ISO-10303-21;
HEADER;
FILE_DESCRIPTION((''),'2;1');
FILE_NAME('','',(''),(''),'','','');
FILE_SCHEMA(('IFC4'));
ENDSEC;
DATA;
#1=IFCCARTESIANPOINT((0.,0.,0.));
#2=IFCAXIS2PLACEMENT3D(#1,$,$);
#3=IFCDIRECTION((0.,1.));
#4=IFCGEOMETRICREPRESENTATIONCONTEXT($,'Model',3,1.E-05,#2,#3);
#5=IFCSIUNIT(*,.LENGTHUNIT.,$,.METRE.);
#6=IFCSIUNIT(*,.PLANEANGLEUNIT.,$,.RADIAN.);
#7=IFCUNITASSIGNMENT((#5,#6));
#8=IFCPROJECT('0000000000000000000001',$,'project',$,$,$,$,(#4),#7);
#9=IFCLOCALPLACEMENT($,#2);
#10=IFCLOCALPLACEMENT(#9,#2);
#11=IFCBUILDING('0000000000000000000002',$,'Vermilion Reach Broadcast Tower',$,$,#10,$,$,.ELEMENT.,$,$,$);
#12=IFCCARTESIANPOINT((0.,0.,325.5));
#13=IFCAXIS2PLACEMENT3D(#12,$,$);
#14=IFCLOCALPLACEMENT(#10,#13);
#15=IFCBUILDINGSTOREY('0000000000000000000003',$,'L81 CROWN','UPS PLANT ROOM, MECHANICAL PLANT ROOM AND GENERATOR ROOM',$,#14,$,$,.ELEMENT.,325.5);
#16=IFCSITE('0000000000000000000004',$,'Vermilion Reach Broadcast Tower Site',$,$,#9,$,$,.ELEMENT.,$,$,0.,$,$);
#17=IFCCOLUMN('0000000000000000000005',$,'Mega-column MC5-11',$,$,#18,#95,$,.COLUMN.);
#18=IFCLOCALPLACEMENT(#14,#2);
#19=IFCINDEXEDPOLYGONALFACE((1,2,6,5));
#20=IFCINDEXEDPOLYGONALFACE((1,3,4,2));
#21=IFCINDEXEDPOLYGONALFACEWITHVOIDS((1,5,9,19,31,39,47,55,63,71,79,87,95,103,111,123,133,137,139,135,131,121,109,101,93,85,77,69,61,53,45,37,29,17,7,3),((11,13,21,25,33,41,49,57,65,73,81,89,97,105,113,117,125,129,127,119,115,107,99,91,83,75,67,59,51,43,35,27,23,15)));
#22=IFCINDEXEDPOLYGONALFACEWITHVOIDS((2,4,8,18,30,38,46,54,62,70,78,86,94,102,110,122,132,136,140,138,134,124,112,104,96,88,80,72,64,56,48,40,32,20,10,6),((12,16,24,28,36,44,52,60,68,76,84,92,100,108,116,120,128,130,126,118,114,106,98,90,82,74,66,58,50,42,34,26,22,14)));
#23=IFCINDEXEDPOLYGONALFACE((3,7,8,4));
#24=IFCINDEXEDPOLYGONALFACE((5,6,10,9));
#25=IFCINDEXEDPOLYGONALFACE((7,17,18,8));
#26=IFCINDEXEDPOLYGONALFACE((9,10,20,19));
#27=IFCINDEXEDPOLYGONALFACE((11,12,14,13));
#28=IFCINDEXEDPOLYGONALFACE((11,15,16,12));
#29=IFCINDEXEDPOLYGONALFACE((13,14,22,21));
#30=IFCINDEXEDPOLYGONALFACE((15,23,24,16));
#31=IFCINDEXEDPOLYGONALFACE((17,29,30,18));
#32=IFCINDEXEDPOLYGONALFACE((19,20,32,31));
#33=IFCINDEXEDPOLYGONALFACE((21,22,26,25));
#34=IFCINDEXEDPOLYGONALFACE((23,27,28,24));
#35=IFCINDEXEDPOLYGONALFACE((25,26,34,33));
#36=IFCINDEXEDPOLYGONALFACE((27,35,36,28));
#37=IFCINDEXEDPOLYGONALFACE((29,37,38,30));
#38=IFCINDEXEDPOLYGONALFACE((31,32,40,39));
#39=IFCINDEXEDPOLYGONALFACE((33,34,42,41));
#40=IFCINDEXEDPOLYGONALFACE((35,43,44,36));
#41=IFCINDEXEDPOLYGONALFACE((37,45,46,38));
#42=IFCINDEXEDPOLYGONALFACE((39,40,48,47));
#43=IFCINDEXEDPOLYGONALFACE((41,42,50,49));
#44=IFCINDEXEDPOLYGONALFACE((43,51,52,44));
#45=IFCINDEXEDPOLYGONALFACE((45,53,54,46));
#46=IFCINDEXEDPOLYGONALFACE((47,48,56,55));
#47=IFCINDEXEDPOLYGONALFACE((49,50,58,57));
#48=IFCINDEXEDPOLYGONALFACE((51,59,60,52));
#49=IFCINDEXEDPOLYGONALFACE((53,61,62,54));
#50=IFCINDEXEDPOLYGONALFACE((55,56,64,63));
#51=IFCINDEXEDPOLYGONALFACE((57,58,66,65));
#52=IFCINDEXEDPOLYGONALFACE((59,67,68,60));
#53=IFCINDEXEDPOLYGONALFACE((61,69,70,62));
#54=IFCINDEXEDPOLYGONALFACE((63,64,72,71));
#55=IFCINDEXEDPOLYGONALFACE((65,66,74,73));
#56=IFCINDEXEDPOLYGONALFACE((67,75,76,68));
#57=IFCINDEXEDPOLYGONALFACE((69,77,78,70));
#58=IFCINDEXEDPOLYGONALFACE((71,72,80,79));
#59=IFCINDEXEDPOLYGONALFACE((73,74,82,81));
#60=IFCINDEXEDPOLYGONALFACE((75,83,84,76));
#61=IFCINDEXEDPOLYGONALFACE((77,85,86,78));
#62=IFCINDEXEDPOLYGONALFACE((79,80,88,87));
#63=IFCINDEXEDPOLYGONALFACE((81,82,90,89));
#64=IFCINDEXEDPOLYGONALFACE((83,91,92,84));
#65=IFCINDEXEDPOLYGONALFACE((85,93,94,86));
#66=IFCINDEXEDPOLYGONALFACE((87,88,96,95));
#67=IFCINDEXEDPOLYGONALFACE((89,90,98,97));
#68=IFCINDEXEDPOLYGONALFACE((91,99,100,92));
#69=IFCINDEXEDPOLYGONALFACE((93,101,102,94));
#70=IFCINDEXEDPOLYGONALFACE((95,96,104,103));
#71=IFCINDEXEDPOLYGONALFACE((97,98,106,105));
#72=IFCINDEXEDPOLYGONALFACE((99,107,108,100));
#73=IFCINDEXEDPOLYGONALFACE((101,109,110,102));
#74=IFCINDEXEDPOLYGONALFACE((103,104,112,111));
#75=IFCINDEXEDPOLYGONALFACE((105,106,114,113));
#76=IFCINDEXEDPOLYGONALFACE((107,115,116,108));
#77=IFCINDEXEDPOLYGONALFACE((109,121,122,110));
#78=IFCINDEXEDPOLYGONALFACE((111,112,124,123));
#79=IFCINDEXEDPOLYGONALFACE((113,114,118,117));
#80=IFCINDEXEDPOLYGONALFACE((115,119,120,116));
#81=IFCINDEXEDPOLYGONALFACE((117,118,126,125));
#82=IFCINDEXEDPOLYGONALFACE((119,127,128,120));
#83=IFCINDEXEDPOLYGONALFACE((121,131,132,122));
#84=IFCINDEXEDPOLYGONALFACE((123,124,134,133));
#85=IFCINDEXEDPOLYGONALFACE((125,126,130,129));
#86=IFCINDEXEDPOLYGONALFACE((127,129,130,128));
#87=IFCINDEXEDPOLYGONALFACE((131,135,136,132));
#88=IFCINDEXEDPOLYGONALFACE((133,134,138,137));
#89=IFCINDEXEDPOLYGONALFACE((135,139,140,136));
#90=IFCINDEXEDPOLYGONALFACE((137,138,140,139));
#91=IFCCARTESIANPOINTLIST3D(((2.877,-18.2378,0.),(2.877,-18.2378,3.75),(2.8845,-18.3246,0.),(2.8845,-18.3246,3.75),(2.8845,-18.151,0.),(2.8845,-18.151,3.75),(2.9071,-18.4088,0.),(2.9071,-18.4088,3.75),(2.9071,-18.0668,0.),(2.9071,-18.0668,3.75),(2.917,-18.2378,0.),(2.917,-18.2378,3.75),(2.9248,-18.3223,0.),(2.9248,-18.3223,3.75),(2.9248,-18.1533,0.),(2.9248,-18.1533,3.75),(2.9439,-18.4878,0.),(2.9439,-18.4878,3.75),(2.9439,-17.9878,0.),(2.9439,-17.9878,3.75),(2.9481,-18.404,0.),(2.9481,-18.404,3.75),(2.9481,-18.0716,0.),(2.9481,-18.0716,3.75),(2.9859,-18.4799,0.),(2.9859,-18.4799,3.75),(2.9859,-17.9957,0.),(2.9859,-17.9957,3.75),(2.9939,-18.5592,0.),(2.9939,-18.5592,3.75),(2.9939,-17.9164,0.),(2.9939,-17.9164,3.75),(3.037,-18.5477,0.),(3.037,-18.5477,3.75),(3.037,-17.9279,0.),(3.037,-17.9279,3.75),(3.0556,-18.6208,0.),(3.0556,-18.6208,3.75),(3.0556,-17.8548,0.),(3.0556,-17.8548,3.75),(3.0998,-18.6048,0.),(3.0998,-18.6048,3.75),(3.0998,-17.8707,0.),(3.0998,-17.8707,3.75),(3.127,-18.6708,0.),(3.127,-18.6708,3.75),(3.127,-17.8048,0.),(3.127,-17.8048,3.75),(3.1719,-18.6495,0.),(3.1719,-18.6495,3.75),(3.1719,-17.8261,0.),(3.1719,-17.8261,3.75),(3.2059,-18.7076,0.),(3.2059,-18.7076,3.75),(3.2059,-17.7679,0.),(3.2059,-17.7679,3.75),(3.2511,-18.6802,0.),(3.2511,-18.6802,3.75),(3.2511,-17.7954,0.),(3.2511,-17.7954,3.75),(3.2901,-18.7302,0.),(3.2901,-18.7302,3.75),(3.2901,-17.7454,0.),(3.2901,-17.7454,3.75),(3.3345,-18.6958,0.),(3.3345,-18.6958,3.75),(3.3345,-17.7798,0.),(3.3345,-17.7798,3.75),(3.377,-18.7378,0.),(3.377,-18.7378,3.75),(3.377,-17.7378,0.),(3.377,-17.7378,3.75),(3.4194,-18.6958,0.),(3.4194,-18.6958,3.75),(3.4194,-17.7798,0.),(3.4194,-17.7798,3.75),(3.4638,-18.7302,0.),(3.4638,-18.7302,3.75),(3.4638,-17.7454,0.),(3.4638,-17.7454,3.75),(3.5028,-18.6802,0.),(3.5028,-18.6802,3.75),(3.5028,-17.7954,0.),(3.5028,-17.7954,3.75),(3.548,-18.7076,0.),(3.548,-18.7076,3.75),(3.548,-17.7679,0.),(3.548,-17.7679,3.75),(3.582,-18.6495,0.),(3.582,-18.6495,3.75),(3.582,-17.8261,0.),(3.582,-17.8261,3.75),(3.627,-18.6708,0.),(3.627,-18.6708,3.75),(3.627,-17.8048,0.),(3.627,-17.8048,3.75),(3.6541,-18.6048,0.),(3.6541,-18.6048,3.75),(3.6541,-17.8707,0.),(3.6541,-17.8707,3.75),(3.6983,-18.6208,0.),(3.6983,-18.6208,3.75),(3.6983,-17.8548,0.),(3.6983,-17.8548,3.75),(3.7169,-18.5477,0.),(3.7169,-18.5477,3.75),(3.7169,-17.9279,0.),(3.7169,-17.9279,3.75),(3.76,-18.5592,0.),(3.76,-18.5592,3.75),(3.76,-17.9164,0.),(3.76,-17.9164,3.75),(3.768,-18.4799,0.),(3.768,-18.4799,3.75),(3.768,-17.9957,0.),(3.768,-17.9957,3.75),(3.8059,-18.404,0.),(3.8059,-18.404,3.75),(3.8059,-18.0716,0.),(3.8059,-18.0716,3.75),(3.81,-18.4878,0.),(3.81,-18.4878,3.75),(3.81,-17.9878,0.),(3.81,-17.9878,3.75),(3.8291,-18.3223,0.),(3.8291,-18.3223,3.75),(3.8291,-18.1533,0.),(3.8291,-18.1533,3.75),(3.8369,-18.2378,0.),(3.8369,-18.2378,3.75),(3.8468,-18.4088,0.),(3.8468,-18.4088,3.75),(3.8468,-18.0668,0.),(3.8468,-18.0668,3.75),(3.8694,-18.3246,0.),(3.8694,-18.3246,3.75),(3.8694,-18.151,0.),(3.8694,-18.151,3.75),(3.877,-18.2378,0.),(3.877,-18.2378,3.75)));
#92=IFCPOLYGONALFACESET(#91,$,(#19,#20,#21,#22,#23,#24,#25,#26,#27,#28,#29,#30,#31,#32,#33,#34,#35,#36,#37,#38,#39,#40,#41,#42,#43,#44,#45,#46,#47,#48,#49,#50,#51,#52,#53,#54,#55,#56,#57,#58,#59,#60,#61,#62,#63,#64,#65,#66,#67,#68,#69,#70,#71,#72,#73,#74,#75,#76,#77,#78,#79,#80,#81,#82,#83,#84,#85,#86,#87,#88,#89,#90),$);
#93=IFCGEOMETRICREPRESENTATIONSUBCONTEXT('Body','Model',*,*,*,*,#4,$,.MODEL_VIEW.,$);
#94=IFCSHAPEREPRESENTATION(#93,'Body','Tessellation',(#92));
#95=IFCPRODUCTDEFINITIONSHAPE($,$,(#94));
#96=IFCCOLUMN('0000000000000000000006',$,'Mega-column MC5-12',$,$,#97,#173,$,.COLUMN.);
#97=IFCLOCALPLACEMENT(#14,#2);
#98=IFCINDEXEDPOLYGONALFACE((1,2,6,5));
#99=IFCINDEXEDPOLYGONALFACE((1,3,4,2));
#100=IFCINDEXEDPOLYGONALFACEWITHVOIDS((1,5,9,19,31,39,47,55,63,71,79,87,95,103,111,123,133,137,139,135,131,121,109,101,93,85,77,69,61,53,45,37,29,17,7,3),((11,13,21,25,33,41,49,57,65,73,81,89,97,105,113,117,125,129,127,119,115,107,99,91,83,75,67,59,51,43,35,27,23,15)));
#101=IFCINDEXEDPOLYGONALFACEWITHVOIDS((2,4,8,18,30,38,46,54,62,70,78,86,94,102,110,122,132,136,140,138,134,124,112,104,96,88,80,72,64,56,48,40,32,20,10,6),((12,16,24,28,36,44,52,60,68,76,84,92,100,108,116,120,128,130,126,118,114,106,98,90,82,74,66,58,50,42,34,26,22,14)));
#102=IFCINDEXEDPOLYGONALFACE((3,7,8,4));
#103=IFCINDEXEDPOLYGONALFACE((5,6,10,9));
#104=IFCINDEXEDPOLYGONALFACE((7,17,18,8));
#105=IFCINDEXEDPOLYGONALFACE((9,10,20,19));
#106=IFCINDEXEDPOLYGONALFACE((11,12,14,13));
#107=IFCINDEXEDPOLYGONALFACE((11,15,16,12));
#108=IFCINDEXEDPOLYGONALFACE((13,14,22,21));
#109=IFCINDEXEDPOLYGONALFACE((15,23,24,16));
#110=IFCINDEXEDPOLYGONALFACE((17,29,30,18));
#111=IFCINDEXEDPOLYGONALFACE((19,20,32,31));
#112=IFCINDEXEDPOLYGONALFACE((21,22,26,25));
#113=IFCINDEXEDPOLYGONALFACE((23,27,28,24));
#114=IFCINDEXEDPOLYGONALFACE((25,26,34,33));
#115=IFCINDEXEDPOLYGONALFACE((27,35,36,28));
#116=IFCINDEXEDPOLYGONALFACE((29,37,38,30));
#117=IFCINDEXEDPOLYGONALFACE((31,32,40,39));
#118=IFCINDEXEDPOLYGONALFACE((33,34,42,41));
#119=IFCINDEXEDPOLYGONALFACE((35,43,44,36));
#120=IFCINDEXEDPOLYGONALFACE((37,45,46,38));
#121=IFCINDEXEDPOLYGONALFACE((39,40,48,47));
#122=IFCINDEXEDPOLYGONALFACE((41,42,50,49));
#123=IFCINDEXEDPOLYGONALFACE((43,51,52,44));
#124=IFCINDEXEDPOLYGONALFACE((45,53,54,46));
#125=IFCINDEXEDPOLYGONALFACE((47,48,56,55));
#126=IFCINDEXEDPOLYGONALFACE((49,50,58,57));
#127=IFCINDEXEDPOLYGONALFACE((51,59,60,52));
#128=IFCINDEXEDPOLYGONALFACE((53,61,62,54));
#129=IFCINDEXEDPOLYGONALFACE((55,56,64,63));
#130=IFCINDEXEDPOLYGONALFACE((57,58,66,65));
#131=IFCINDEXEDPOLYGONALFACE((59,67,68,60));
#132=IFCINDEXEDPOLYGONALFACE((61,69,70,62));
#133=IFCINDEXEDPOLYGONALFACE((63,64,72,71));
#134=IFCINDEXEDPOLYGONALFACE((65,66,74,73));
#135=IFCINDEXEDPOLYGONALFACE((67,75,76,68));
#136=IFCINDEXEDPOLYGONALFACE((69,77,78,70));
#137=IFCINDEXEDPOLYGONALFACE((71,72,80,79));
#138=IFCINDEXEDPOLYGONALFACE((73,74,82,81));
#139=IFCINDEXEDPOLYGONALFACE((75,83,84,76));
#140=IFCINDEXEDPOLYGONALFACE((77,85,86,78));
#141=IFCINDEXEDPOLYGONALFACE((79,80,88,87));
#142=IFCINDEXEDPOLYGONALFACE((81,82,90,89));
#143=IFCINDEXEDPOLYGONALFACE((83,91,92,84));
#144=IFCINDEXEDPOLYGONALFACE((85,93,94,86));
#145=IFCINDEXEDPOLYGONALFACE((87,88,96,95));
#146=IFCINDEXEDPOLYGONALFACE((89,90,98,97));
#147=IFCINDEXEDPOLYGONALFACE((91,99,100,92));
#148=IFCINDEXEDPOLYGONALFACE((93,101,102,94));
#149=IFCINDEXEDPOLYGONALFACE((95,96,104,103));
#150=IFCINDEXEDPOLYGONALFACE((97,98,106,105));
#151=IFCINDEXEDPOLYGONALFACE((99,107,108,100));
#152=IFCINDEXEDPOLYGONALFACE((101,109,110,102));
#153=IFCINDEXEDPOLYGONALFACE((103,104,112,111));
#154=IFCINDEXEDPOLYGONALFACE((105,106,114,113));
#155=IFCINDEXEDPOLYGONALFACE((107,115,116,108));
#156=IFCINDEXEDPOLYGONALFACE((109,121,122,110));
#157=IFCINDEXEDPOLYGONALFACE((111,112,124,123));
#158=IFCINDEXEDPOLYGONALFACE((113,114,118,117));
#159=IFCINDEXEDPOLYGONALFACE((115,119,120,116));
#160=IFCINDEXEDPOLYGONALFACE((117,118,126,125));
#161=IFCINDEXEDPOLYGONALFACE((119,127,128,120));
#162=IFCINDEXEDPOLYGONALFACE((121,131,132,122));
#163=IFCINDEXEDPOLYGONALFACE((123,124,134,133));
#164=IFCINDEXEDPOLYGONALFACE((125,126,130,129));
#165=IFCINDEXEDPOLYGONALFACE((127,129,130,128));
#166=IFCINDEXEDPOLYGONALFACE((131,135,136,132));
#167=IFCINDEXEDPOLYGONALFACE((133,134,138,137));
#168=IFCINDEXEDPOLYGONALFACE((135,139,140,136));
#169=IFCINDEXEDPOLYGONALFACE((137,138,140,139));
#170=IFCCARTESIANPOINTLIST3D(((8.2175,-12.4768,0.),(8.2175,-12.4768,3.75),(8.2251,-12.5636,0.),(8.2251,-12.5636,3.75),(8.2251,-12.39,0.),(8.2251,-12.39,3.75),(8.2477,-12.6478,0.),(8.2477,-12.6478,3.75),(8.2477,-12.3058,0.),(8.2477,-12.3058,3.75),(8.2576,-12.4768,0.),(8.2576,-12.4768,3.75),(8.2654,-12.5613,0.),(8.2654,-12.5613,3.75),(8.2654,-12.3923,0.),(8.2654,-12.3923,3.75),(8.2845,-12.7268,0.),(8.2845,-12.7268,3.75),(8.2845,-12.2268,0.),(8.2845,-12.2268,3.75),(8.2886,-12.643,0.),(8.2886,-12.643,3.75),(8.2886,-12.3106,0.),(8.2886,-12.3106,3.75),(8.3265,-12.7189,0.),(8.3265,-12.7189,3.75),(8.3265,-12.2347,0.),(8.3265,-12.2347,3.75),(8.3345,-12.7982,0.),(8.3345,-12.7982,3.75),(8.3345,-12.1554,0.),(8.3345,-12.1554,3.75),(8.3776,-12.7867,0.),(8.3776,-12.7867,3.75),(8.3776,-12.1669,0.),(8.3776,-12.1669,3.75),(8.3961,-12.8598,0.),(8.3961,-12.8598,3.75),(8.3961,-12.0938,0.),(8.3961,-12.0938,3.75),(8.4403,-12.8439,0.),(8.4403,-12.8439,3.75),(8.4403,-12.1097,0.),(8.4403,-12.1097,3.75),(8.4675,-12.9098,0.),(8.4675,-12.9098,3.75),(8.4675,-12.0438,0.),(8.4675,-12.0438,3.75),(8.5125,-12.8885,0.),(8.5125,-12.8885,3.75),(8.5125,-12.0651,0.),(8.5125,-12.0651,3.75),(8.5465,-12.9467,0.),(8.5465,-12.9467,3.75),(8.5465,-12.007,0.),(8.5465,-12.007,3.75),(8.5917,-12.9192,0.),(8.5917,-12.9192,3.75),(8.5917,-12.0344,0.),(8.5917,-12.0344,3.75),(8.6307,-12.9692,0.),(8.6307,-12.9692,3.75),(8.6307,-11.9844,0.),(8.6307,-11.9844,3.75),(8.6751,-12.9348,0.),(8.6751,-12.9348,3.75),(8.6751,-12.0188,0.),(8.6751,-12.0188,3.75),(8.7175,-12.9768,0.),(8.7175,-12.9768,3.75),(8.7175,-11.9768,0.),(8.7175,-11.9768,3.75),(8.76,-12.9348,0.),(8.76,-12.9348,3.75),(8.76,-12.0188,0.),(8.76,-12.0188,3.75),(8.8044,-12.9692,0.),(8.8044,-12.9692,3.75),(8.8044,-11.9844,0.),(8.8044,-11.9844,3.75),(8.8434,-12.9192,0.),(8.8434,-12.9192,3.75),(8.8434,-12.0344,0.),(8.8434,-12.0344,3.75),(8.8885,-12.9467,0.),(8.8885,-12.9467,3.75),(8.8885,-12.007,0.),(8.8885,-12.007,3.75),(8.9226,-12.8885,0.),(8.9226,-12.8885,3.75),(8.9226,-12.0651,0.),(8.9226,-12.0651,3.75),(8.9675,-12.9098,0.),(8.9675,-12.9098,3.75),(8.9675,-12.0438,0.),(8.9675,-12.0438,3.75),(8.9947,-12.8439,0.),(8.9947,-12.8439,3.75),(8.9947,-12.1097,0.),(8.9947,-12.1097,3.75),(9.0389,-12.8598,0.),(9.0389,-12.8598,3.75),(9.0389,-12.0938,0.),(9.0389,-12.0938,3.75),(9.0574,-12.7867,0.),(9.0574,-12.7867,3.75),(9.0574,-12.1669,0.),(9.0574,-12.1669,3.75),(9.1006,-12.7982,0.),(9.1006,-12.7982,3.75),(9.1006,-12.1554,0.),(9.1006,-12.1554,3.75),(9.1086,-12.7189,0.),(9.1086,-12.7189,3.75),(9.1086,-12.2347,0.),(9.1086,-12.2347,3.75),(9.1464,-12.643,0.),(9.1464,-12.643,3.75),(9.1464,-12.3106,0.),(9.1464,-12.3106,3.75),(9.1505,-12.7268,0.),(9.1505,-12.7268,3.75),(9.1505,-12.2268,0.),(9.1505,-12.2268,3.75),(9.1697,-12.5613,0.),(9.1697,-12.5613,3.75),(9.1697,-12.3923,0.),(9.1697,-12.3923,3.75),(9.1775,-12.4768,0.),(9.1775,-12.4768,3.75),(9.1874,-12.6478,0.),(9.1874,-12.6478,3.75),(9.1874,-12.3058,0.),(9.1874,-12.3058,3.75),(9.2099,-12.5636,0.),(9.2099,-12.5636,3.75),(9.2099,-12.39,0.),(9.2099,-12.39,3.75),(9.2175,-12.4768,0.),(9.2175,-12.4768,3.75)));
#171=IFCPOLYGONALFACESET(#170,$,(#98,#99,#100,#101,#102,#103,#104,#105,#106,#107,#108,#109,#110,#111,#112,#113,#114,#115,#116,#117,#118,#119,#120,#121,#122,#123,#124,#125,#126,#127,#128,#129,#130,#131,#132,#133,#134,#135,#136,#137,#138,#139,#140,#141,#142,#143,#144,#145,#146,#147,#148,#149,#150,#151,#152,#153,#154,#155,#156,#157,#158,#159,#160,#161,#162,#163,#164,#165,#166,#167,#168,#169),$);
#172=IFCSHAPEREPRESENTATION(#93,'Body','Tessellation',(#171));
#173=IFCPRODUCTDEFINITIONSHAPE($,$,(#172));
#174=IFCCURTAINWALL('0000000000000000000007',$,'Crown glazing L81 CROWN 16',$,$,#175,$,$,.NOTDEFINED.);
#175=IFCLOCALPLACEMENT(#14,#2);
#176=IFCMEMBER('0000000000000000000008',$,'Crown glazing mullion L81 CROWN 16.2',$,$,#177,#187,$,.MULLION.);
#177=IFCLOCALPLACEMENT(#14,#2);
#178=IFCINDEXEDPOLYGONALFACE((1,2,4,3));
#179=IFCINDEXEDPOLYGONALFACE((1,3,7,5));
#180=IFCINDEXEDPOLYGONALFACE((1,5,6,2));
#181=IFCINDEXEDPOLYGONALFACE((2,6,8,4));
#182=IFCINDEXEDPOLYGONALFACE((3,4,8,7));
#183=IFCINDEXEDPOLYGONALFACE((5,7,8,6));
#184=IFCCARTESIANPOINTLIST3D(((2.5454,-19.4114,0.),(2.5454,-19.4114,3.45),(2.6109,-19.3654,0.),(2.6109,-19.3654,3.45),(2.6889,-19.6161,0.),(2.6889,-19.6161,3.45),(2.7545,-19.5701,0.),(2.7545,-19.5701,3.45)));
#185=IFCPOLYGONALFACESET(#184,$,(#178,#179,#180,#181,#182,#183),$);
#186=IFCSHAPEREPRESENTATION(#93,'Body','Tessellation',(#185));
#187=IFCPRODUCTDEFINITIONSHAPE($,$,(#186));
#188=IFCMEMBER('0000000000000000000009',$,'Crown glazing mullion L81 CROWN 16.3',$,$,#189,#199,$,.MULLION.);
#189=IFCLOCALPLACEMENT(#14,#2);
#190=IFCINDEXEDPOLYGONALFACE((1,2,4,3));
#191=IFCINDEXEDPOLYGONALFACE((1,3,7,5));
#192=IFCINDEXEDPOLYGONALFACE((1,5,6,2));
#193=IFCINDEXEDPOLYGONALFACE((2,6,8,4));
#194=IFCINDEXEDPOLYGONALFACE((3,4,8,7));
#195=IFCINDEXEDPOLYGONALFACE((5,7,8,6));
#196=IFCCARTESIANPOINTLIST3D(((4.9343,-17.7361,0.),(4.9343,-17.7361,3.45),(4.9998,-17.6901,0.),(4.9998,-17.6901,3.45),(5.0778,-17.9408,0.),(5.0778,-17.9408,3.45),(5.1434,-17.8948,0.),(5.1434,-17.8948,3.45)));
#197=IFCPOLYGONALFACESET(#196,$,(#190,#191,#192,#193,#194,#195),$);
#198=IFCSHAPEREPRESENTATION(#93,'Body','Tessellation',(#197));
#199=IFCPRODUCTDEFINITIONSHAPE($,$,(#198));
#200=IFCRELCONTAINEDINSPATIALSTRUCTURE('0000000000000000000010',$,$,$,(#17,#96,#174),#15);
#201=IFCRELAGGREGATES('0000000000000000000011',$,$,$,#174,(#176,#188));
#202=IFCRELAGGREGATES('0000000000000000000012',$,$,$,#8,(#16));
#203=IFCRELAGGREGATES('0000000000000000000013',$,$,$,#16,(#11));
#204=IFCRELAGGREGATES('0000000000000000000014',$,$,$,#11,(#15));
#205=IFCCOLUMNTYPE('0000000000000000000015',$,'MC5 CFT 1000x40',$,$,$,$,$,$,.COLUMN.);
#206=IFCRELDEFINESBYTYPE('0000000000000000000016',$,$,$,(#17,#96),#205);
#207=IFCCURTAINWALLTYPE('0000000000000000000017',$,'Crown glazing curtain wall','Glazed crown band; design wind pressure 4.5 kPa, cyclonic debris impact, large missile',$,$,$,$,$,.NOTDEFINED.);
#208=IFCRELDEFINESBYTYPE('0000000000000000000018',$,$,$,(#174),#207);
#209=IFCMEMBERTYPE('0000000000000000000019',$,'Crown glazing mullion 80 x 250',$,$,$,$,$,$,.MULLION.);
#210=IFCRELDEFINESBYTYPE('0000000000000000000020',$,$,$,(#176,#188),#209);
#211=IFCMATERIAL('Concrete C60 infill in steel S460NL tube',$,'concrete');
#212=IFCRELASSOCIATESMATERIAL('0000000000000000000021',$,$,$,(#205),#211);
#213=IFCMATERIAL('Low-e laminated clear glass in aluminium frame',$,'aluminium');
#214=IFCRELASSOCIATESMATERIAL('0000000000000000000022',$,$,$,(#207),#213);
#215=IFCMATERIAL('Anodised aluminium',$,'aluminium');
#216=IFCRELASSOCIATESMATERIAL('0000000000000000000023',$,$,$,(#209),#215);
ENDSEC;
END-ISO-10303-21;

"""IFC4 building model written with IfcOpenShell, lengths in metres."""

from ifc_helpers import new_model, si_unit, direction, frame, origin, origin_2d, place, context, subcontext, project, spatial, rectangle, hollow_circle, extrude, material, material_profile, profile_set, type_object, element, aggregate, save


model = new_model("IFC4")

# Units and contexts
model_context = context("Model", 3, precision=1e-05, world=origin(), true_north=direction((0.0, 1.0)))
body_context = subcontext(model_context, "Body", "Model", "MODEL_VIEW")
ifc_project = project(units=[si_unit("LENGTHUNIT", "METRE"), si_unit("PLANEANGLEUNIT", "RADIAN")], contexts=[model_context])

# Site, building, storey
site_placement = place(None, origin())
site = spatial("IfcSite", under=ifc_project, at=site_placement, Name="Vermilion Reach Broadcast Tower Site", CompositionType="ELEMENT", RefElevation=0.0)
building_placement = place(site_placement, origin())
building = spatial("IfcBuilding", under=site, at=building_placement, Name="Vermilion Reach Broadcast Tower", CompositionType="ELEMENT")
storey_placement = place(building_placement, frame((0.0, 0.0, 325.5)))
storey = spatial("IfcBuildingStorey", under=building, at=storey_placement, Name="L81 CROWN", Description="UPS PLANT ROOM, MECHANICAL PLANT ROOM AND GENERATOR ROOM", CompositionType="ELEMENT", Elevation=325.5)

# Columns
ifc_material_1 = material(Name="Concrete C60 infill in steel S460NL tube", Category="concrete")
ifc_material_profile_1 = material_profile(ifc_material_1, hollow_circle(Radius=0.5, WallThickness=0.04, at=origin_2d()), Name="Concrete C60 infill in steel S460NL tube CFT 1000x40")
ifc_profile_set_1 = profile_set([ifc_material_profile_1], Name="Concrete C60 infill in steel S460NL tube")
column_type = type_object("IfcColumnType", Name="MC5 CFT 1000x40", PredefinedType="COLUMN", material=ifc_profile_set_1)
for number, where, z_axis, x_axis, name in (
    (1, (3.377, -18.2378, 0.0), (0.0, 0.0, 1.0), (1.0, 0.0, 0.0), "Mega-column MC5-11"),
    (2, (8.7175, -12.4768, 0.0), (0.0, 0.0, 1.0), (1.0, 0.0, 0.0), "Mega-column MC5-12"),
):
    element("IfcColumn", number, at=place(storey_placement, frame(where, z_axis=z_axis, x_axis=x_axis)), inside=storey, type_object=column_type, Name=name, PredefinedType="COLUMN", context=body_context, shape_type="SweptSolid", body=[
        extrude(hollow_circle(Radius=0.5, WallThickness=0.04, at=origin_2d()), origin(), (0.0, 0.0, 1.0), 3.75),
    ])

# Curtain wall, members
ifc_material_2 = material(Name="Low-e laminated clear glass in aluminium frame", Category="aluminium")
curtain_wall_type = type_object("IfcCurtainWallType", Name="Crown glazing curtain wall", Description="Glazed crown band; design wind pressure 4.5 kPa, cyclonic debris impact, large missile", PredefinedType="NOTDEFINED", material=ifc_material_2)
placement = place(storey_placement, origin())
curtain_wall_1 = element("IfcCurtainWall", 3, at=placement, inside=storey, type_object=curtain_wall_type, Name="Crown glazing L81 CROWN 16", PredefinedType="NOTDEFINED")
ifc_material_3 = material(Name="Anodised aluminium", Category="aluminium")
ifc_material_profile_2 = material_profile(ifc_material_3, rectangle(XDim=0.25, YDim=0.0801, at=origin_2d()), Name="Crown glazing mullion 80 x 250")
ifc_profile_set_2 = profile_set([ifc_material_profile_2], Name="Anodised aluminium")
member_type_1 = type_object("IfcMemberType", Name="Crown glazing mullion 80 x 250", PredefinedType="MULLION", material=ifc_profile_set_2)
member_1_placement = place(storey_placement, frame((2.6499, -19.4907, 0.0), z_axis=(0.0, 0.0, 1.0), x_axis=(-0.574164, 0.81874, 0.0)))
member_1 = element("IfcMember", 4, at=member_1_placement, type_object=member_type_1, Name="Crown glazing mullion L81 CROWN 16.2", PredefinedType="MULLION", context=body_context, shape_type="SweptSolid", body=[
    extrude(rectangle(XDim=0.25, YDim=0.0801, at=origin_2d()), origin(), (0.0, 0.0, 1.0), 3.45),
])
member_2_placement = place(storey_placement, frame((5.0388, -17.8154, 0.0), z_axis=(0.0, 0.0, 1.0), x_axis=(-0.574164, 0.81874, 0.0)))
member_2 = element("IfcMember", 5, at=member_2_placement, type_object=member_type_1, Name="Crown glazing mullion L81 CROWN 16.3", PredefinedType="MULLION", context=body_context, shape_type="SweptSolid", body=[
    extrude(rectangle(XDim=0.25, YDim=0.0801, at=origin_2d()), origin(), (0.0, 0.0, 1.0), 3.45),
])

aggregate(curtain_wall_1, [member_1, member_2])

save(model, "model.ifc")
